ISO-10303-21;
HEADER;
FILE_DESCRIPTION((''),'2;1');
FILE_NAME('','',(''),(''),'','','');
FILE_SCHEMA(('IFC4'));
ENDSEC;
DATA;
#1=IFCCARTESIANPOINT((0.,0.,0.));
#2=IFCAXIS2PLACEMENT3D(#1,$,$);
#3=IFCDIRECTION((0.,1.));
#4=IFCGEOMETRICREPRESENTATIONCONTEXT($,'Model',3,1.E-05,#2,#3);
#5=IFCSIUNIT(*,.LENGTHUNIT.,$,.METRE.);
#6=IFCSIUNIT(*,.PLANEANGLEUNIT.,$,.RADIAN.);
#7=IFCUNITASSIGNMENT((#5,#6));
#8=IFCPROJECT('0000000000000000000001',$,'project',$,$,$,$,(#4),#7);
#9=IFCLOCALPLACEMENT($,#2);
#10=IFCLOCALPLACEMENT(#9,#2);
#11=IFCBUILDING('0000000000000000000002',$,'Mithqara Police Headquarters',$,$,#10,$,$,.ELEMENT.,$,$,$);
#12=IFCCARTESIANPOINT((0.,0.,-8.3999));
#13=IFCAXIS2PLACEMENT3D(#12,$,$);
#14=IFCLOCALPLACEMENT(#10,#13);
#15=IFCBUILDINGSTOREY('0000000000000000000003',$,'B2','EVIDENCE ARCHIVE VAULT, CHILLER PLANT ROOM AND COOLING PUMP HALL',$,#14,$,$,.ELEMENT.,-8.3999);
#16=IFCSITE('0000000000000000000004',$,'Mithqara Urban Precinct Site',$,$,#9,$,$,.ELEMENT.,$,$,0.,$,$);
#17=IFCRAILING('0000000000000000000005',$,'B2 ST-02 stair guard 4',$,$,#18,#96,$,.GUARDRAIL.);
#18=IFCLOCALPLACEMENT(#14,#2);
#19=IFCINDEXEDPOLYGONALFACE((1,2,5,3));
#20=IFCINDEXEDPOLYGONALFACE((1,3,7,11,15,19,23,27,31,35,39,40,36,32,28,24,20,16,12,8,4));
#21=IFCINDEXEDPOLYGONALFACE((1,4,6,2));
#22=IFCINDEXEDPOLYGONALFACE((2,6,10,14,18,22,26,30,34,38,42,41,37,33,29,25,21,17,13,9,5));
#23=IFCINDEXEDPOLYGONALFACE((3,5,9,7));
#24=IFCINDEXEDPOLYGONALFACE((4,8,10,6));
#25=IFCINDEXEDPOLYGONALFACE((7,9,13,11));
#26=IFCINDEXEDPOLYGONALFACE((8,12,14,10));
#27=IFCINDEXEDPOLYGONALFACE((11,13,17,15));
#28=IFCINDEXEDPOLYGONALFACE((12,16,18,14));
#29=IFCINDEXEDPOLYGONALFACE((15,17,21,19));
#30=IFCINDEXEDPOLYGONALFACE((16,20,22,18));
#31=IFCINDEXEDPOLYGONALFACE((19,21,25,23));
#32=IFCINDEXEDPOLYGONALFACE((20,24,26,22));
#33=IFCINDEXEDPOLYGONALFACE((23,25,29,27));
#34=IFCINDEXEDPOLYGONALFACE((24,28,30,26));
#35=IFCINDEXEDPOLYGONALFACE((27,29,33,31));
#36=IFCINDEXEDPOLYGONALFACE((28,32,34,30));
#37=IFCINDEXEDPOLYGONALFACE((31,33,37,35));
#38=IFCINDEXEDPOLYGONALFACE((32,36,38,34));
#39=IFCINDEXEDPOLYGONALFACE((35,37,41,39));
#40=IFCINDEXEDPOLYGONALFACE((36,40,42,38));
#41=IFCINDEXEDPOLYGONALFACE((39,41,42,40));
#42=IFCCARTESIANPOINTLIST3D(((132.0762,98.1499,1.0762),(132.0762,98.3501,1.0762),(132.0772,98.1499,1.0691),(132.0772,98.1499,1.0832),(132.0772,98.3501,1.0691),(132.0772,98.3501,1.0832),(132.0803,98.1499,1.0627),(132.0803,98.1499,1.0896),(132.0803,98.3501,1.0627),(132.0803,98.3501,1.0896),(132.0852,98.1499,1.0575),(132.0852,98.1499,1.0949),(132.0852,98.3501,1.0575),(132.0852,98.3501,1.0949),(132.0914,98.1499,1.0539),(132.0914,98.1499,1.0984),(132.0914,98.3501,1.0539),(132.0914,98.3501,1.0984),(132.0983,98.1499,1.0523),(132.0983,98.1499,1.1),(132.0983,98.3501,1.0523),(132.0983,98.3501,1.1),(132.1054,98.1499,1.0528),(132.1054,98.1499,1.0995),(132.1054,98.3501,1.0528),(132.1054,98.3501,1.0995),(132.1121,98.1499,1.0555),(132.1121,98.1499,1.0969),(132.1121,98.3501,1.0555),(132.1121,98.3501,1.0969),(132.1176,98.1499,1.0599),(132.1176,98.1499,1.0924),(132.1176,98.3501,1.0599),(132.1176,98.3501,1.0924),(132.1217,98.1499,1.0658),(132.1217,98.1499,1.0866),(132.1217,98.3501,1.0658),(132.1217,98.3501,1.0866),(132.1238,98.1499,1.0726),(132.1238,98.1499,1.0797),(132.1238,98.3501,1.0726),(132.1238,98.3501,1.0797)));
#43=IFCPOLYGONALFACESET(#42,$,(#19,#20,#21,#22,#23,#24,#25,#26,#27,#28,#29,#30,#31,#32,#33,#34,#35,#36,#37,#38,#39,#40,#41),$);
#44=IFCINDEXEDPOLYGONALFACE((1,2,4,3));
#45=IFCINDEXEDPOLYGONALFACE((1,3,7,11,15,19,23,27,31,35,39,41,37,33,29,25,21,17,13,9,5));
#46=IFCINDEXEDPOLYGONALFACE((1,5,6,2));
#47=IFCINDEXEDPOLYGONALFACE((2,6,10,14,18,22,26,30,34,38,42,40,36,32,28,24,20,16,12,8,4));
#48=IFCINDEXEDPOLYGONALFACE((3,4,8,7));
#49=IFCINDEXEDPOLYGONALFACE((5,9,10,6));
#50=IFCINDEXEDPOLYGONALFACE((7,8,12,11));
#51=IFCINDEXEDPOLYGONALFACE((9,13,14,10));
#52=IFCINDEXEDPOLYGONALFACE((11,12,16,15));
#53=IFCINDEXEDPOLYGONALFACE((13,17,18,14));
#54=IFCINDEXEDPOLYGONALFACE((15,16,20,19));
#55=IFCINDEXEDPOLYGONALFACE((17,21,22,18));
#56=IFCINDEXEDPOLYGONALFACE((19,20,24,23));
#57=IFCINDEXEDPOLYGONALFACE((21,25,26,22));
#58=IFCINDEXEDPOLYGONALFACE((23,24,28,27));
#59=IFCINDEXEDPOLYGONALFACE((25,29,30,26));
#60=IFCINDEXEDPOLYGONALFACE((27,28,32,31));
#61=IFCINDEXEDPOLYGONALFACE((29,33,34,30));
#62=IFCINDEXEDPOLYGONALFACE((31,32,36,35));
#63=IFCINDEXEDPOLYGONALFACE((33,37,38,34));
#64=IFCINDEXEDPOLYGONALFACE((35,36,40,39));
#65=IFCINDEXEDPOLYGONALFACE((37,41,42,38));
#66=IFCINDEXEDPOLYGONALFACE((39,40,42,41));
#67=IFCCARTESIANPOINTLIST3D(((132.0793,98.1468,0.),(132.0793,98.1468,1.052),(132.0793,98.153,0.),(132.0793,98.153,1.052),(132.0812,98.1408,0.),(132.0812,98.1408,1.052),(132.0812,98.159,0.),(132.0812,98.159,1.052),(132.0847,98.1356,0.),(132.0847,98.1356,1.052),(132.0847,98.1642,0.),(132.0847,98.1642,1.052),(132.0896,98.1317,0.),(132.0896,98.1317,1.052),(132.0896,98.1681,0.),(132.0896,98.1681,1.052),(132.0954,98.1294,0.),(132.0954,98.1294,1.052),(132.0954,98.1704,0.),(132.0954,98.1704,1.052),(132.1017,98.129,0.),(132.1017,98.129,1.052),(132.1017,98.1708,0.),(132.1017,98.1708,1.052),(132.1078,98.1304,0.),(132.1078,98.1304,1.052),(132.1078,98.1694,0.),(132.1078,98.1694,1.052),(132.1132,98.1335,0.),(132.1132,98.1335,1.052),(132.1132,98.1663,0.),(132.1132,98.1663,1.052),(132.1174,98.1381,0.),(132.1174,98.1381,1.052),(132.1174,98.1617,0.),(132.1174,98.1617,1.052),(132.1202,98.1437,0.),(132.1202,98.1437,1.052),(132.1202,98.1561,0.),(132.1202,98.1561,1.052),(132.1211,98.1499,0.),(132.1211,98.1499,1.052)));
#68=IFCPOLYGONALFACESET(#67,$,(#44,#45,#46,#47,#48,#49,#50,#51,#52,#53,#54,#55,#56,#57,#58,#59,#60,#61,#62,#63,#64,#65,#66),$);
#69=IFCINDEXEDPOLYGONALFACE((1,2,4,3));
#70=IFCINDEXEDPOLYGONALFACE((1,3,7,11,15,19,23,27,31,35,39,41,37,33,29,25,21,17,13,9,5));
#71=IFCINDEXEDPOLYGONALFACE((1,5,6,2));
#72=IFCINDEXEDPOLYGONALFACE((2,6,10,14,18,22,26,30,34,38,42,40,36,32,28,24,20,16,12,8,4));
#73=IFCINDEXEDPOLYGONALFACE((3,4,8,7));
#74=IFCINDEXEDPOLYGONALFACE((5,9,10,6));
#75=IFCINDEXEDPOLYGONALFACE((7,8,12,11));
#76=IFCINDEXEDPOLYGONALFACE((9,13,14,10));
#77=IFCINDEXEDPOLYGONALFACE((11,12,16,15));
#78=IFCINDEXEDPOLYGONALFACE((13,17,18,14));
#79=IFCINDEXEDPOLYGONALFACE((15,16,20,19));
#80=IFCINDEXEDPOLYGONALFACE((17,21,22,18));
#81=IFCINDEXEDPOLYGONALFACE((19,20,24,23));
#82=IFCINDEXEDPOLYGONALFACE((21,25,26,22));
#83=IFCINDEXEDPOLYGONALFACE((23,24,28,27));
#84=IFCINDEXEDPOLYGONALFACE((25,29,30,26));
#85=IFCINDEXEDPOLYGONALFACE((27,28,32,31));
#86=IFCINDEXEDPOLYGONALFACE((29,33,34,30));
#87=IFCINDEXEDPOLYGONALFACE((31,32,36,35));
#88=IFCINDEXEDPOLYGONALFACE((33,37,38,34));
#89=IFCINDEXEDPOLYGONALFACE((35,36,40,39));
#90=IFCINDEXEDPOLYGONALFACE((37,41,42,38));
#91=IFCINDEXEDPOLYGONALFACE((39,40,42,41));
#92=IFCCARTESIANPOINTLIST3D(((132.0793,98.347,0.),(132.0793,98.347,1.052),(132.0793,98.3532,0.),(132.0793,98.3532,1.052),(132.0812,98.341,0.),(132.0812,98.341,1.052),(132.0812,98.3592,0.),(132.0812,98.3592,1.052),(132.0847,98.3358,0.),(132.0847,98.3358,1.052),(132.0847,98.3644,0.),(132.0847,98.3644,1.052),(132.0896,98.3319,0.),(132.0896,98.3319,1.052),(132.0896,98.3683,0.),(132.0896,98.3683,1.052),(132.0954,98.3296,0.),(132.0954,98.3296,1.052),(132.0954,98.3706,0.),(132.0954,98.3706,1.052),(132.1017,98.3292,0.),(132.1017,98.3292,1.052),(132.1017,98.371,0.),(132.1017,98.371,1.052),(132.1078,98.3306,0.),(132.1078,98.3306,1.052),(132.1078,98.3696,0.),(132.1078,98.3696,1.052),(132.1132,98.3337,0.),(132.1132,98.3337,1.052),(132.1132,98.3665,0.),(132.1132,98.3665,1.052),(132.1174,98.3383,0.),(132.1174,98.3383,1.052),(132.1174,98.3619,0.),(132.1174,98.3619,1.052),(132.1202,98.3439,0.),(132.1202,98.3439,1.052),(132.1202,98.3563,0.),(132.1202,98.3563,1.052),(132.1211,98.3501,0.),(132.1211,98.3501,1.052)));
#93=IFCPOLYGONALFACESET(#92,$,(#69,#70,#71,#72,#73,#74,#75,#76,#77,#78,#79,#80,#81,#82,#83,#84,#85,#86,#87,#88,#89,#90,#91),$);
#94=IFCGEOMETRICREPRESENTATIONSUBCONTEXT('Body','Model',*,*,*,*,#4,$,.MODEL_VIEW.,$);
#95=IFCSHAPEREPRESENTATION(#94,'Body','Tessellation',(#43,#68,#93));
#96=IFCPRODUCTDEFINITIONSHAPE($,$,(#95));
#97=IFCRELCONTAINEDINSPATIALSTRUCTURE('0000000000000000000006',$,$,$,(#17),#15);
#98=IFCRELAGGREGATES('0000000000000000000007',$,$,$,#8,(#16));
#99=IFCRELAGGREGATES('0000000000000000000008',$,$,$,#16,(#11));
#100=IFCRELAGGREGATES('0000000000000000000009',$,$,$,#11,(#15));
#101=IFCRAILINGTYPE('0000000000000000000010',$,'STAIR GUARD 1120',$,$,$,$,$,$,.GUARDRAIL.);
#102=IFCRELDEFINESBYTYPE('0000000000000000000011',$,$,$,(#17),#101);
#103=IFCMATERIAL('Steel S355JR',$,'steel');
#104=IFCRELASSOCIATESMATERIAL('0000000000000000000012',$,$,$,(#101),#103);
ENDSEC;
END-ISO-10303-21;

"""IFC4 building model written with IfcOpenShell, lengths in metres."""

from ifc_helpers import new_model, si_unit, direction, frame, origin, origin_2d, place, context, subcontext, project, spatial, circle, extrude, material, type_object, element, save


model = new_model("IFC4")

# Units and contexts
model_context = context("Model", 3, precision=1e-05, world=origin(), true_north=direction((0.0, 1.0)))
body_context = subcontext(model_context, "Body", "Model", "MODEL_VIEW")
ifc_project = project(units=[si_unit("LENGTHUNIT", "METRE"), si_unit("PLANEANGLEUNIT", "RADIAN")], contexts=[model_context])

# Site, building, storey
site_placement = place(None, origin())
site = spatial("IfcSite", under=ifc_project, at=site_placement, Name="Mithqara Urban Precinct Site", CompositionType="ELEMENT", RefElevation=0.0)
building_placement = place(site_placement, origin())
building = spatial("IfcBuilding", under=site, at=building_placement, Name="Mithqara Police Headquarters", CompositionType="ELEMENT")
storey_placement = place(building_placement, frame((0.0, 0.0, -8.3999)))
storey = spatial("IfcBuildingStorey", under=building, at=storey_placement, Name="B2", Description="EVIDENCE ARCHIVE VAULT, CHILLER PLANT ROOM AND COOLING PUMP HALL", CompositionType="ELEMENT", Elevation=-8.3999)

# Shared definitions
ifc_material_1 = material(Name="Steel S355JR", Category="steel")

# Railing
railing_type_1 = type_object("IfcRailingType", Name="STAIR GUARD 1120", PredefinedType="GUARDRAIL", material=ifc_material_1)
railing_1_placement = place(storey_placement, frame((132.1001, 98.1499, 0.0)))
element("IfcRailing", 1, at=railing_1_placement, inside=storey, type_object=railing_type_1, Name="B2 ST-02 stair guard 4", PredefinedType="GUARDRAIL", context=body_context, shape_type="SweptSolid", body=[
    extrude(circle(Radius=0.0239, at=origin_2d()), frame((0.0, 0.0, 1.0762), z_axis=(0.0, 1.0, 0.0), x_axis=(-1.0, 0.0, 0.0)), (0.0, 0.0, 1.0), 0.2002),
    extrude(circle(Radius=0.021, at=origin_2d()), origin(), (0.0, 0.0, 1.0), 1.052),
    extrude(circle(Radius=0.021, at=origin_2d()), frame((0.0, 0.2002, 0.0)), (0.0, 0.0, 1.0), 1.052),
])

save(model, "model.ifc")
